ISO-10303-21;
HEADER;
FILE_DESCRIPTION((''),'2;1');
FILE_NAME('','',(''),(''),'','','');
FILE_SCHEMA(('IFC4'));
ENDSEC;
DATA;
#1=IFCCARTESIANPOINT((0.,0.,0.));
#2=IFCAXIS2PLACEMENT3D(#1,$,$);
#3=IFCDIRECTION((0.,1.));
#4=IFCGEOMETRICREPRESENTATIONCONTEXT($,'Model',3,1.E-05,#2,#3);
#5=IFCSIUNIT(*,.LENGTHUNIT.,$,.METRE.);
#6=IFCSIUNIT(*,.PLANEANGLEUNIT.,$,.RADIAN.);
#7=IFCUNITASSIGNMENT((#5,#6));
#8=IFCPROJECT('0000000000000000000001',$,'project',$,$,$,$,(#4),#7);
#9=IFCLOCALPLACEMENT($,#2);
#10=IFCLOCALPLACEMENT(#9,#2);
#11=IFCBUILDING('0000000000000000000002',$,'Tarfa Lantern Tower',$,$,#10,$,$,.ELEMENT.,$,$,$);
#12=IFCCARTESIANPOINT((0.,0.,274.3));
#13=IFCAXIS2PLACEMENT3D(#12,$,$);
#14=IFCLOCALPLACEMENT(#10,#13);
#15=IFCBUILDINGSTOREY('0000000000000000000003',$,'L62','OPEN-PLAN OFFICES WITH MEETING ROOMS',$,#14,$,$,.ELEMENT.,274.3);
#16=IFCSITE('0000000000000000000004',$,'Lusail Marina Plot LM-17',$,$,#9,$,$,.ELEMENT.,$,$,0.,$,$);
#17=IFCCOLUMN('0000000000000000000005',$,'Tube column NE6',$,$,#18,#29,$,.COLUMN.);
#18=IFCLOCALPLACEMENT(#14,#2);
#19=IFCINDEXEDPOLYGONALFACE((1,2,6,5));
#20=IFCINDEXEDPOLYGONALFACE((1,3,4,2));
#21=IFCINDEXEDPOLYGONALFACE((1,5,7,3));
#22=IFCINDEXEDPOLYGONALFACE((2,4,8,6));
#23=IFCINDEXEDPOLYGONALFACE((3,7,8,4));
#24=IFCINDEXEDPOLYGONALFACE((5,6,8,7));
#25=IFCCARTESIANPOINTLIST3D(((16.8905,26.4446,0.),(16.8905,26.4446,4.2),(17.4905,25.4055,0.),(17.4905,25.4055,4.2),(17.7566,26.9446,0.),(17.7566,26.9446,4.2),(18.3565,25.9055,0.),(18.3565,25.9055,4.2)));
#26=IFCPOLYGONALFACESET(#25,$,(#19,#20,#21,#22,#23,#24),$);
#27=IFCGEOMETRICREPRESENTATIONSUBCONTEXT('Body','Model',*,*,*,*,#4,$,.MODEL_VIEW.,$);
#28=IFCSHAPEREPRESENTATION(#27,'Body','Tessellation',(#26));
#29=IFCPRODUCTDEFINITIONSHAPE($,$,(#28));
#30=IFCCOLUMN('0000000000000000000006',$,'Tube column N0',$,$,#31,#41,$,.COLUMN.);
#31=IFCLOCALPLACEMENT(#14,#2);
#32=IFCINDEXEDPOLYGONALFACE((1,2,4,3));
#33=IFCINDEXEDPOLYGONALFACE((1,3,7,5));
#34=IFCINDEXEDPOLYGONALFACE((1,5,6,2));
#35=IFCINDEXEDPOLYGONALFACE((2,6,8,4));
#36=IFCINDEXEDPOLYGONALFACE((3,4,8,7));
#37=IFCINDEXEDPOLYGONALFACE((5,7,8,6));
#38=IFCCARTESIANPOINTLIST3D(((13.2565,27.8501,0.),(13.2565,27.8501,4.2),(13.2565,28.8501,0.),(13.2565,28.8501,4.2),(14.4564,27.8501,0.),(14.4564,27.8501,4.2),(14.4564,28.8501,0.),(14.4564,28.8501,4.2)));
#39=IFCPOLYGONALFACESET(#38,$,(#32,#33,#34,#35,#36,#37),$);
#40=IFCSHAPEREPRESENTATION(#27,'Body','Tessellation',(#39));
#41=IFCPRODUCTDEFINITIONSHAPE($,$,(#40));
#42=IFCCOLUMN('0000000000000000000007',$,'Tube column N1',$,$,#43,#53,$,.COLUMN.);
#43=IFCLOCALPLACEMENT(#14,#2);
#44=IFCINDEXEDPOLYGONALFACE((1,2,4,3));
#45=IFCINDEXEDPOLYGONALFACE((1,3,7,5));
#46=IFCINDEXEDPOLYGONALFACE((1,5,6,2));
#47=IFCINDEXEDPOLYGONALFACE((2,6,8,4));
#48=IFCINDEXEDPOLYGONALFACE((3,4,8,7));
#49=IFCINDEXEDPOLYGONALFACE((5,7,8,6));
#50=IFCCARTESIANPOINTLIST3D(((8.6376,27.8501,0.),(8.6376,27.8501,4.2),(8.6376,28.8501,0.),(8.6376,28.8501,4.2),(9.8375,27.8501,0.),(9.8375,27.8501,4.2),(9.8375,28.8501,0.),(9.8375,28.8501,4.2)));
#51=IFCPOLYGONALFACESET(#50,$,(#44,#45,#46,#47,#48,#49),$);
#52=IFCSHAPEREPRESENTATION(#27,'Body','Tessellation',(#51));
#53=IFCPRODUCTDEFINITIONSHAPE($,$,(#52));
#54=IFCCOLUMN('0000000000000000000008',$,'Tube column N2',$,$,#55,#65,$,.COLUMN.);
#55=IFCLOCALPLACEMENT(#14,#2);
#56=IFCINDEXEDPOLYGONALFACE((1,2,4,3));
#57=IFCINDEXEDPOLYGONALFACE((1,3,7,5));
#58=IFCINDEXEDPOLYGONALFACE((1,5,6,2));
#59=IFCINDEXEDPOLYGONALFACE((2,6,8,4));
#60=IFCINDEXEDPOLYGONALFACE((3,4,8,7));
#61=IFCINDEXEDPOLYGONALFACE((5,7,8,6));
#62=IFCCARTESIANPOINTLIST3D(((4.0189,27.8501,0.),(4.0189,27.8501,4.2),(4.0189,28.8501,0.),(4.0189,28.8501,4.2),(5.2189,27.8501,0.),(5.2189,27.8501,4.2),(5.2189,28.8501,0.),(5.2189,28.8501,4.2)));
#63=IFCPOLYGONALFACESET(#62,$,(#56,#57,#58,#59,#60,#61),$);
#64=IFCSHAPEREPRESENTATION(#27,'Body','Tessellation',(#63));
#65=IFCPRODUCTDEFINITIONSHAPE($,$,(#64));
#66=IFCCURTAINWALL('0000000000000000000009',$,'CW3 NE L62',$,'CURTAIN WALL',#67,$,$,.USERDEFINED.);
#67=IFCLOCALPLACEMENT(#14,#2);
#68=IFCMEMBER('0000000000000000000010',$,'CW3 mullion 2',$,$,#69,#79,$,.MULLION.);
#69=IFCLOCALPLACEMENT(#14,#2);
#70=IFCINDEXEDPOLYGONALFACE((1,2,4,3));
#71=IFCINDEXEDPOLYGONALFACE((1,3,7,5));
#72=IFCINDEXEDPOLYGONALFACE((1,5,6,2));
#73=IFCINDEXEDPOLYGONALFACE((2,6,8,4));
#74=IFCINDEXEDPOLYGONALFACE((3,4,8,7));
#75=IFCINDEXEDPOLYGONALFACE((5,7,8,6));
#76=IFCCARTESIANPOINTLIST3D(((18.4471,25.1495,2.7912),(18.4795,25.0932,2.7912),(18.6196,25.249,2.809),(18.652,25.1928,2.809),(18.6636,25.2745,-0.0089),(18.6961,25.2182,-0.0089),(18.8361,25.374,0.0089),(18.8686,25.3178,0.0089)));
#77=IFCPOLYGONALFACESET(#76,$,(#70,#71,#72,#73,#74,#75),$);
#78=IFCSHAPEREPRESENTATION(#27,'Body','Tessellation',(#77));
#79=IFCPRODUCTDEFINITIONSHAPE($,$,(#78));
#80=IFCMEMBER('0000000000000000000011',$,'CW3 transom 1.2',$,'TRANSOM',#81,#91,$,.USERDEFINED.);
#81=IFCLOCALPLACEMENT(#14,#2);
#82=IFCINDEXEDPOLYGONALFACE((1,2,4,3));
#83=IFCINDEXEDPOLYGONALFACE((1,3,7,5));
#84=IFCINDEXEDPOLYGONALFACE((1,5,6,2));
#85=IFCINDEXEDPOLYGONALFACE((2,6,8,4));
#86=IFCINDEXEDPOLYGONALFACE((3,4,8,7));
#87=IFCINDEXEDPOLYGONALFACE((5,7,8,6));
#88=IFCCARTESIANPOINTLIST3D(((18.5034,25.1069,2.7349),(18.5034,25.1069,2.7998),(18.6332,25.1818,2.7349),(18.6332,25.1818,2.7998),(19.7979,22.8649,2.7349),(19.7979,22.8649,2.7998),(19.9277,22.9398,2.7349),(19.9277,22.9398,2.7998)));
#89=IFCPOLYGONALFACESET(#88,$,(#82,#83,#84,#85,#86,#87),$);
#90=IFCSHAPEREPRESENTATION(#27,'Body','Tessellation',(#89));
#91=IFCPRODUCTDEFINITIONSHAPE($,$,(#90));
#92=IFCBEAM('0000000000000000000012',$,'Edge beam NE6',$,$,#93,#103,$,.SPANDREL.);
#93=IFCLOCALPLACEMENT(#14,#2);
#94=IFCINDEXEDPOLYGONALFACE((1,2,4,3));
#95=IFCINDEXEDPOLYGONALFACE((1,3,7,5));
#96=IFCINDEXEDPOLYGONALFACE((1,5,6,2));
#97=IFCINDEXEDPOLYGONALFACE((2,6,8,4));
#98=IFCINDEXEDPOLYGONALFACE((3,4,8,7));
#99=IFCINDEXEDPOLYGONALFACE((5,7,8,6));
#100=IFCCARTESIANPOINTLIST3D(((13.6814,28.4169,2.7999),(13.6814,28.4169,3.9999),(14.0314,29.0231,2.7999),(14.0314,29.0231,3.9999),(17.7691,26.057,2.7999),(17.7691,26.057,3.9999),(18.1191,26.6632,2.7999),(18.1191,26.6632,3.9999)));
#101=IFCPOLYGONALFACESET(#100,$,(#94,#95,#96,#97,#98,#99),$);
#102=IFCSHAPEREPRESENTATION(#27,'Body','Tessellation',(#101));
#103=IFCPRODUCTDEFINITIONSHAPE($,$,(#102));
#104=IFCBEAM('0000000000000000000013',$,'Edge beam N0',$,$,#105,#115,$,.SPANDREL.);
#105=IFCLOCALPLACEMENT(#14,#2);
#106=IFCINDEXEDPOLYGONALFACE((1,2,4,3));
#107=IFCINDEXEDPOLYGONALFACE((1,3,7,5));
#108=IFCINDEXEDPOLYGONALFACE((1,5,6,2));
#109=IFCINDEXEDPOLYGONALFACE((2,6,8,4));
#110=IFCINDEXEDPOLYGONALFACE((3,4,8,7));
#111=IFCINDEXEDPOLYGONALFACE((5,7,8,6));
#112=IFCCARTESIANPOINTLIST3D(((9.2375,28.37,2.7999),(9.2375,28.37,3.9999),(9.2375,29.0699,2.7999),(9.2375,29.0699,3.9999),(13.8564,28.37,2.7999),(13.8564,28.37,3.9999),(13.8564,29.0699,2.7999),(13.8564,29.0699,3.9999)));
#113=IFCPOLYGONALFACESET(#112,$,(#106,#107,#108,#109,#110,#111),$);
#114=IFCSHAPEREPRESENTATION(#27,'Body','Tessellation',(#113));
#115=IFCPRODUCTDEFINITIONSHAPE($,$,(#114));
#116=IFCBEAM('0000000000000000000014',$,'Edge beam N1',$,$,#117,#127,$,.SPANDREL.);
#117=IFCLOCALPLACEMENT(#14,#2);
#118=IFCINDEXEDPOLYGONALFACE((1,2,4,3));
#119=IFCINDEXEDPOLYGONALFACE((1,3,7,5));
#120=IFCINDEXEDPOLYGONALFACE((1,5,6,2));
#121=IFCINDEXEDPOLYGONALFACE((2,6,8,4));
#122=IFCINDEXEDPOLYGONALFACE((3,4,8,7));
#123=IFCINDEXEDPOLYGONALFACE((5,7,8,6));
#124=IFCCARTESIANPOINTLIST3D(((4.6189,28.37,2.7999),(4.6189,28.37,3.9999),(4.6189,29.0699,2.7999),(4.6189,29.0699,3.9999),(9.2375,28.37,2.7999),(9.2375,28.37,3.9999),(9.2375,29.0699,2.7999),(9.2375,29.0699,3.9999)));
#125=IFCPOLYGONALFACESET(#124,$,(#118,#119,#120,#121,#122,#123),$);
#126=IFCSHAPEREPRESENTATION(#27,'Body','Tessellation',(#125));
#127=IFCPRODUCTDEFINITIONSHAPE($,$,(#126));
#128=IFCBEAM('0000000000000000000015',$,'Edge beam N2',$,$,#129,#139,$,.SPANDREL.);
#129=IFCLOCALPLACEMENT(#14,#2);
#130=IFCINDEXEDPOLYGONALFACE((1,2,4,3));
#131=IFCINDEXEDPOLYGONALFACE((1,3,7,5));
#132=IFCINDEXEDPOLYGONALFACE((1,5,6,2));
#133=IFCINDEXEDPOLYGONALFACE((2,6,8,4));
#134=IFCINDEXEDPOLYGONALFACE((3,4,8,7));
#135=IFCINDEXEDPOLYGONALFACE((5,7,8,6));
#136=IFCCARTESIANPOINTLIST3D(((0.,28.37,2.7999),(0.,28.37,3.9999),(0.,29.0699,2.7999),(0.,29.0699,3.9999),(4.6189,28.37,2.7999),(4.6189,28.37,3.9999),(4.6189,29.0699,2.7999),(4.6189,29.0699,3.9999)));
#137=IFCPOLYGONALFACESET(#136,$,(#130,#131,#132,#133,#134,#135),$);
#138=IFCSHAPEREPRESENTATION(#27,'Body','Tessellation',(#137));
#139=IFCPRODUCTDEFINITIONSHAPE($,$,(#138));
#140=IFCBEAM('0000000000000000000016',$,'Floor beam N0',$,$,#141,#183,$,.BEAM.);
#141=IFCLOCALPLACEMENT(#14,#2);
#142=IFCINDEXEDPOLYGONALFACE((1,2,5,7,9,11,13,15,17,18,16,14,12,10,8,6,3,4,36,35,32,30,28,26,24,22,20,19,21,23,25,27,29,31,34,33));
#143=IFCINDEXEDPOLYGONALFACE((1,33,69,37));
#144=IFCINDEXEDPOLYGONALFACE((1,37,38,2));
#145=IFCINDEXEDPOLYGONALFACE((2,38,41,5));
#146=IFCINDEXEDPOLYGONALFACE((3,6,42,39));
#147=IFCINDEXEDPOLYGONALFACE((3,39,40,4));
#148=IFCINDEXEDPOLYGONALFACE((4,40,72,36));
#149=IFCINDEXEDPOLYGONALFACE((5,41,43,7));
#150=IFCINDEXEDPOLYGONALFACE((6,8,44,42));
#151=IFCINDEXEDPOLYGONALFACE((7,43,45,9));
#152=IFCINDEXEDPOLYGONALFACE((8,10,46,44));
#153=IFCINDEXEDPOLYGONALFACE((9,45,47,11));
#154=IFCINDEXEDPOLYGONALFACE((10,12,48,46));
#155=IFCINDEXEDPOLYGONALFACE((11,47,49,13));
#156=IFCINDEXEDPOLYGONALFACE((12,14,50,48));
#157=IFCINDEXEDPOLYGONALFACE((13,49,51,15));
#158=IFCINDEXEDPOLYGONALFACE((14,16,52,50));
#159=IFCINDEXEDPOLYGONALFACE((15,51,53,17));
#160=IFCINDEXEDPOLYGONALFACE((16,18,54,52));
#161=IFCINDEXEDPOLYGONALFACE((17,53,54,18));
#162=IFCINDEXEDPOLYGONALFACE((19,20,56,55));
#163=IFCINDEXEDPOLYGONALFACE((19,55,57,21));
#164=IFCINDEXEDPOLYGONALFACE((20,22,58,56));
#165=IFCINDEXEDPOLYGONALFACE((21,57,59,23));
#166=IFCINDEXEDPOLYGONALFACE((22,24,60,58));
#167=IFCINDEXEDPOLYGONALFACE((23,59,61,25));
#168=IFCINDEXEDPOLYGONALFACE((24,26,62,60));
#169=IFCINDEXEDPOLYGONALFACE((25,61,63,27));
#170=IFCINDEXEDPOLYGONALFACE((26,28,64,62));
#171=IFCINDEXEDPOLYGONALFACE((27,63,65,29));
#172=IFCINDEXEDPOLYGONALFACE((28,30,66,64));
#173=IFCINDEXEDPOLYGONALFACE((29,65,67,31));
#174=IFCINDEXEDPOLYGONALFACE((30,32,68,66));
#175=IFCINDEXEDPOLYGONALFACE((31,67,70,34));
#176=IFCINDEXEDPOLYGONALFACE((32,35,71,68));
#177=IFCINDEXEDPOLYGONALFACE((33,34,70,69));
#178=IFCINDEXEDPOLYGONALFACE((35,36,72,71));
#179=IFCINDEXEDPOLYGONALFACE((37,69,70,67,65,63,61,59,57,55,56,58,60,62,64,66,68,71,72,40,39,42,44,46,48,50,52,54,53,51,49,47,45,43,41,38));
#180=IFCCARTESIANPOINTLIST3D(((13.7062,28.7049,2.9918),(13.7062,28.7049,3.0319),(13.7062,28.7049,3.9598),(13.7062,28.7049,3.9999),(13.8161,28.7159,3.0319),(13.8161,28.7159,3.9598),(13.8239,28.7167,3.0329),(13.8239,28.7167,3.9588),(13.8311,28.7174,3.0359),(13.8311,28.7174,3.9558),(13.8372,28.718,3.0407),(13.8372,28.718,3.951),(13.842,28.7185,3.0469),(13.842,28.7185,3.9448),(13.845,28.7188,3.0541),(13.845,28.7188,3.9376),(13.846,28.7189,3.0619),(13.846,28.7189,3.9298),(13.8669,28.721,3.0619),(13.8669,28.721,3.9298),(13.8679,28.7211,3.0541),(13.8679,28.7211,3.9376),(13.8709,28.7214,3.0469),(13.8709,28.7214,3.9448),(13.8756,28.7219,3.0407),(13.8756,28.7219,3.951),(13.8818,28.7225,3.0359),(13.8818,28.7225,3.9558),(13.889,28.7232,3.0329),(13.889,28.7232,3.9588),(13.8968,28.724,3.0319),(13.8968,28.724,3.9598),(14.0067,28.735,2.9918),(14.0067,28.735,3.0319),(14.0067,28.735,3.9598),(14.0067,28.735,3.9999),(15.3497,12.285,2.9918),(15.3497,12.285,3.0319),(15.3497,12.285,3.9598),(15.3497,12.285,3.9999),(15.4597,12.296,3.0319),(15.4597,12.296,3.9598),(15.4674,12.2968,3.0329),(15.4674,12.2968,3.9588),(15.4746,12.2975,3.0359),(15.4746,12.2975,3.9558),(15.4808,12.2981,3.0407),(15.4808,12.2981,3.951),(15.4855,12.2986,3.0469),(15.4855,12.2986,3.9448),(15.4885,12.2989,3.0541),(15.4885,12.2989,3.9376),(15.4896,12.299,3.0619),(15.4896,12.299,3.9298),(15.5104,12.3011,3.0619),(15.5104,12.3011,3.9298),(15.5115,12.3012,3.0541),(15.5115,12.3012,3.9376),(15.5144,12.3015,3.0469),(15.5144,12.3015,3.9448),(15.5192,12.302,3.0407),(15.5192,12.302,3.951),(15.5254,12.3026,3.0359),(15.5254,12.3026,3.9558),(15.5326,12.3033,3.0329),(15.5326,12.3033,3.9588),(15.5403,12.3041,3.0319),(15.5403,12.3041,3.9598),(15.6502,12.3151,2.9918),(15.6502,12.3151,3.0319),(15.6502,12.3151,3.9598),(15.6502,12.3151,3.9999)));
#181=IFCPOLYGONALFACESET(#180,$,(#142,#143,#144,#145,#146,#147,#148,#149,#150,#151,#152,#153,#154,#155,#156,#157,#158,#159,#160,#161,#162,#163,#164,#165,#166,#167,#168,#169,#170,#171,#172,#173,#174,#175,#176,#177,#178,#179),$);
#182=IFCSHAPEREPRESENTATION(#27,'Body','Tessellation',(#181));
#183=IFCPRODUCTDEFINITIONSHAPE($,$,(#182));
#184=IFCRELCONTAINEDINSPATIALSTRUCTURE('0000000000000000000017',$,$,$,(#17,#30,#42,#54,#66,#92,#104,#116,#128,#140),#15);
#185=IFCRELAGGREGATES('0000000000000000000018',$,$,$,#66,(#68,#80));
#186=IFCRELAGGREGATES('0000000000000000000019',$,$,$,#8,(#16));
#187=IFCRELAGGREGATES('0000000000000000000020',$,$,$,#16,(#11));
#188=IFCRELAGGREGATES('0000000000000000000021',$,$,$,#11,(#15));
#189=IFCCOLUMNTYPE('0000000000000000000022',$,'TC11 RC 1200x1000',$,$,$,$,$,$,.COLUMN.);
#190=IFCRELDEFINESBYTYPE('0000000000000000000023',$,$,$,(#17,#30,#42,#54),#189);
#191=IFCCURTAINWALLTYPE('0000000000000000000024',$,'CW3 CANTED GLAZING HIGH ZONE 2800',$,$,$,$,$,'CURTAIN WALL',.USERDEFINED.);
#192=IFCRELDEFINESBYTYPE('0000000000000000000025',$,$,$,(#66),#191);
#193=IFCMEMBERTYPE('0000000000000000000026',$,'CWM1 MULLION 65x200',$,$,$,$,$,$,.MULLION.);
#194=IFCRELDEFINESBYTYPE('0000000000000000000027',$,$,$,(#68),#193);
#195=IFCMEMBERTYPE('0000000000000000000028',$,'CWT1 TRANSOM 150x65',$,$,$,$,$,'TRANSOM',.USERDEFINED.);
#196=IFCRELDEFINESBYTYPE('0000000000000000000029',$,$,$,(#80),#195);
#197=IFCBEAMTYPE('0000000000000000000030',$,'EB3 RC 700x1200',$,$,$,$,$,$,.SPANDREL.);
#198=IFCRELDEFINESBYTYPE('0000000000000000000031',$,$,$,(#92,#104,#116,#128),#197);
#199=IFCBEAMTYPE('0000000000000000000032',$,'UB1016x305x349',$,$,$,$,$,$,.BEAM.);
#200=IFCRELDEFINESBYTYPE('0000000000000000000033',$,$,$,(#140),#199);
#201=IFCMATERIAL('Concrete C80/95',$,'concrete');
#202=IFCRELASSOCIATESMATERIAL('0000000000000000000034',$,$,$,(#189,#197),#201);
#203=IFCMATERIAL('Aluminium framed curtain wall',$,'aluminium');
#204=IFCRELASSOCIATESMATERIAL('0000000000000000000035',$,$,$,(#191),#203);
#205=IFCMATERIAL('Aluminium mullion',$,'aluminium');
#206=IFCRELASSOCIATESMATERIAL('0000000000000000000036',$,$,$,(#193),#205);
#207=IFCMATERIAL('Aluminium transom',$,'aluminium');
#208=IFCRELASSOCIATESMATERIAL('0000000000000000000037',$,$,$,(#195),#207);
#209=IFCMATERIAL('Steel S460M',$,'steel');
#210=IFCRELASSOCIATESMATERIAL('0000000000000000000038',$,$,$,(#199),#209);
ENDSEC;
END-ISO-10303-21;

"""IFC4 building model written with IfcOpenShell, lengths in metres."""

from ifc_helpers import new_model, si_unit, direction, frame, origin, origin_2d, place, context, subcontext, project, spatial, rectangle, i_section, extrude, material, material_profile, profile_set, type_object, element, aggregate, save


model = new_model("IFC4")

# Units and contexts
model_context = context("Model", 3, precision=1e-05, world=origin(), true_north=direction((0.0, 1.0)))
body_context = subcontext(model_context, "Body", "Model", "MODEL_VIEW")
ifc_project = project(units=[si_unit("LENGTHUNIT", "METRE"), si_unit("PLANEANGLEUNIT", "RADIAN")], contexts=[model_context])

# Site, building, storey
site_placement = place(None, origin())
site = spatial("IfcSite", under=ifc_project, at=site_placement, Name="Lusail Marina Plot LM-17", CompositionType="ELEMENT", RefElevation=0.0)
building_placement = place(site_placement, origin())
building = spatial("IfcBuilding", under=site, at=building_placement, Name="Tarfa Lantern Tower", CompositionType="ELEMENT")
storey_placement = place(building_placement, frame((0.0, 0.0, 274.3)))
storey = spatial("IfcBuildingStorey", under=building, at=storey_placement, Name="L62", Description="OPEN-PLAN OFFICES WITH MEETING ROOMS", CompositionType="ELEMENT", Elevation=274.3)

# Columns
ifc_material_1 = material(Name="Concrete C80/95", Category="concrete")
ifc_material_profile_1 = material_profile(ifc_material_1, rectangle(XDim=1.2, YDim=1.0, at=origin_2d()), Name="RC 1200x1000")
ifc_profile_set_1 = profile_set([ifc_material_profile_1], Name="Concrete C80/95")
column_type = type_object("IfcColumnType", Name="TC11 RC 1200x1000", PredefinedType="COLUMN", material=ifc_profile_set_1)
for number, where, z_axis, x_axis, name in (
    (1, (17.6235, 26.175, 0.0), (0.0, 0.0, 1.0), (-0.5, 0.866025, 0.0), "Tube column NE6"),
    (2, (13.8564, 28.3501, 0.0), (0.0, 0.0, 1.0), (-1.0, 0.0, 0.0), "Tube column N0"),
    (3, (9.2375, 28.3501, 0.0), (0.0, 0.0, 1.0), (-1.0, 0.0, 0.0), "Tube column N1"),
    (4, (4.6189, 28.3501, 0.0), (0.0, 0.0, 1.0), (-1.0, 0.0, 0.0), "Tube column N2"),
):
    element("IfcColumn", number, at=place(storey_placement, frame(where, z_axis=z_axis, x_axis=x_axis)), inside=storey, type_object=column_type, Name=name, PredefinedType="COLUMN", context=body_context, shape_type="SweptSolid", body=[
        extrude(rectangle(XDim=1.2, YDim=1.0, at=origin_2d()), origin(), (0.0, 0.0, 1.0), 4.2),
    ])

# Curtain wall, members
ifc_material_2 = material(Name="Aluminium framed curtain wall", Category="aluminium")
curtain_wall_type = type_object("IfcCurtainWallType", Name="CW3 CANTED GLAZING HIGH ZONE 2800", ElementType="CURTAIN WALL", PredefinedType="USERDEFINED", material=ifc_material_2)
curtain_wall_placement = place(storey_placement, origin())
curtain_wall = element("IfcCurtainWall", 5, at=curtain_wall_placement, inside=storey, type_object=curtain_wall_type, Name="CW3 NE L62", ObjectType="CURTAIN WALL", PredefinedType="USERDEFINED")
ifc_material_3 = material(Name="Aluminium mullion", Category="aluminium")
ifc_material_profile_2 = material_profile(ifc_material_3, rectangle(XDim=0.0649, YDim=0.2, at=origin_2d()), Name="AL MULLION 65x200")
ifc_profile_set_2 = profile_set([ifc_material_profile_2], Name="Aluminium mullion")
member_type_1 = type_object("IfcMemberType", Name="CWM1 MULLION 65x200", PredefinedType="MULLION", material=ifc_profile_set_2)
member_1_placement = place(storey_placement, frame((18.7661, 25.2961, 0.0), z_axis=(-0.077032, -0.044465, 0.996037), x_axis=(0.49992, -0.866072, 0.0)))
member_1 = element("IfcMember", 6, at=member_1_placement, type_object=member_type_1, Name="CW3 mullion 2", PredefinedType="MULLION", context=body_context, shape_type="SweptSolid", body=[
    extrude(rectangle(XDim=0.0649, YDim=0.2, at=origin_2d()), origin(), (0.0, 0.0, 1.0), 2.8113),
])
ifc_material_4 = material(Name="Aluminium transom", Category="aluminium")
ifc_material_profile_3 = material_profile(ifc_material_4, rectangle(XDim=0.1499, YDim=0.0649, at=origin_2d()), Name="AL TRANSOM 150x65")
ifc_profile_set_3 = profile_set([ifc_material_profile_3], Name="Aluminium transom")
member_type_2 = type_object("IfcMemberType", Name="CWT1 TRANSOM 150x65", ElementType="TRANSOM", PredefinedType="USERDEFINED", material=ifc_profile_set_3)
member_2_placement = place(storey_placement, frame((19.8628, 22.9023, 2.7673), z_axis=(-0.500014, 0.866018, 0.0), x_axis=(-0.866018, -0.500014, 0.0)))
member_2 = element("IfcMember", 7, at=member_2_placement, type_object=member_type_2, Name="CW3 transom 1.2", ObjectType="TRANSOM", PredefinedType="USERDEFINED", context=body_context, shape_type="SweptSolid", body=[
    extrude(rectangle(XDim=0.1499, YDim=0.0649, at=origin_2d()), origin(), (0.0, 0.0, 1.0), 2.5889),
])

# Beams
ifc_material_profile_4 = material_profile(ifc_material_1, rectangle(XDim=0.7, YDim=1.2, at=origin_2d()), Name="RC 700x1200")
ifc_profile_set_4 = profile_set([ifc_material_profile_4], Name="Concrete C80/95")
beam_type_1 = type_object("IfcBeamType", Name="EB3 RC 700x1200", PredefinedType="SPANDREL", material=ifc_profile_set_4)
beam_1_placement = place(storey_placement, frame((17.9441, 26.3601, 3.3999), z_axis=(-0.866038, 0.499978, 0.0), x_axis=(-0.499978, -0.866038, 0.0)))
element("IfcBeam", 8, at=beam_1_placement, inside=storey, type_object=beam_type_1, Name="Edge beam NE6", PredefinedType="SPANDREL", context=body_context, shape_type="SweptSolid", body=[
    extrude(rectangle(XDim=0.7, YDim=1.2, at=origin_2d()), origin(), (0.0, 0.0, 1.0), 4.72),
])
beam_2_placement = place(storey_placement, frame((13.8564, 28.72, 3.3999), z_axis=(-1.0, 0.0, 0.0), x_axis=(0.0, -1.0, 0.0)))
element("IfcBeam", 9, at=beam_2_placement, inside=storey, type_object=beam_type_1, Name="Edge beam N0", PredefinedType="SPANDREL", context=body_context, shape_type="SweptSolid", body=[
    extrude(rectangle(XDim=0.7, YDim=1.2, at=origin_2d()), origin(), (0.0, 0.0, 1.0), 4.6189),
])
beam_3_placement = place(storey_placement, frame((9.2375, 28.72, 3.3999), z_axis=(-1.0, 0.0, 0.0), x_axis=(0.0, -1.0, 0.0)))
element("IfcBeam", 10, at=beam_3_placement, inside=storey, type_object=beam_type_1, Name="Edge beam N1", PredefinedType="SPANDREL", context=body_context, shape_type="SweptSolid", body=[
    extrude(rectangle(XDim=0.7, YDim=1.2, at=origin_2d()), origin(), (0.0, 0.0, 1.0), 4.6187),
])
beam_4_placement = place(storey_placement, frame((4.6189, 28.72, 3.3999), z_axis=(-1.0, 0.0, 0.0), x_axis=(0.0, -1.0, 0.0)))
element("IfcBeam", 11, at=beam_4_placement, inside=storey, type_object=beam_type_1, Name="Edge beam N2", PredefinedType="SPANDREL", context=body_context, shape_type="SweptSolid", body=[
    extrude(rectangle(XDim=0.7, YDim=1.2, at=origin_2d()), origin(), (0.0, 0.0, 1.0), 4.6189),
])
ifc_material_5 = material(Name="Steel S460M", Category="steel")
ifc_material_profile_5 = material_profile(ifc_material_5, i_section(OverallWidth=0.302, OverallDepth=1.0081, WebThickness=0.021, FlangeThickness=0.04, FilletRadius=0.03, at=origin_2d()), Name="UB1016x305x349")
ifc_profile_set_5 = profile_set([ifc_material_profile_5], Name="Steel S460M")
beam_type_2 = type_object("IfcBeamType", Name="UB1016x305x349", PredefinedType="BEAM", material=ifc_profile_set_5)
beam_5_placement = place(storey_placement, frame((13.8564, 28.72, 3.4958), z_axis=(0.099597, -0.995028, 0.0), x_axis=(0.995028, 0.099597, 0.0)))
element("IfcBeam", 12, at=beam_5_placement, inside=storey, type_object=beam_type_2, Name="Floor beam N0", PredefinedType="BEAM", context=body_context, shape_type="SweptSolid", body=[
    extrude(i_section(OverallWidth=0.302, OverallDepth=1.0081, WebThickness=0.021, FlangeThickness=0.04, FilletRadius=0.03, at=origin_2d()), origin(), (0.0, 0.0, 1.0), 16.502),
])

aggregate(curtain_wall, [member_1, member_2])

save(model, "model.ifc")
